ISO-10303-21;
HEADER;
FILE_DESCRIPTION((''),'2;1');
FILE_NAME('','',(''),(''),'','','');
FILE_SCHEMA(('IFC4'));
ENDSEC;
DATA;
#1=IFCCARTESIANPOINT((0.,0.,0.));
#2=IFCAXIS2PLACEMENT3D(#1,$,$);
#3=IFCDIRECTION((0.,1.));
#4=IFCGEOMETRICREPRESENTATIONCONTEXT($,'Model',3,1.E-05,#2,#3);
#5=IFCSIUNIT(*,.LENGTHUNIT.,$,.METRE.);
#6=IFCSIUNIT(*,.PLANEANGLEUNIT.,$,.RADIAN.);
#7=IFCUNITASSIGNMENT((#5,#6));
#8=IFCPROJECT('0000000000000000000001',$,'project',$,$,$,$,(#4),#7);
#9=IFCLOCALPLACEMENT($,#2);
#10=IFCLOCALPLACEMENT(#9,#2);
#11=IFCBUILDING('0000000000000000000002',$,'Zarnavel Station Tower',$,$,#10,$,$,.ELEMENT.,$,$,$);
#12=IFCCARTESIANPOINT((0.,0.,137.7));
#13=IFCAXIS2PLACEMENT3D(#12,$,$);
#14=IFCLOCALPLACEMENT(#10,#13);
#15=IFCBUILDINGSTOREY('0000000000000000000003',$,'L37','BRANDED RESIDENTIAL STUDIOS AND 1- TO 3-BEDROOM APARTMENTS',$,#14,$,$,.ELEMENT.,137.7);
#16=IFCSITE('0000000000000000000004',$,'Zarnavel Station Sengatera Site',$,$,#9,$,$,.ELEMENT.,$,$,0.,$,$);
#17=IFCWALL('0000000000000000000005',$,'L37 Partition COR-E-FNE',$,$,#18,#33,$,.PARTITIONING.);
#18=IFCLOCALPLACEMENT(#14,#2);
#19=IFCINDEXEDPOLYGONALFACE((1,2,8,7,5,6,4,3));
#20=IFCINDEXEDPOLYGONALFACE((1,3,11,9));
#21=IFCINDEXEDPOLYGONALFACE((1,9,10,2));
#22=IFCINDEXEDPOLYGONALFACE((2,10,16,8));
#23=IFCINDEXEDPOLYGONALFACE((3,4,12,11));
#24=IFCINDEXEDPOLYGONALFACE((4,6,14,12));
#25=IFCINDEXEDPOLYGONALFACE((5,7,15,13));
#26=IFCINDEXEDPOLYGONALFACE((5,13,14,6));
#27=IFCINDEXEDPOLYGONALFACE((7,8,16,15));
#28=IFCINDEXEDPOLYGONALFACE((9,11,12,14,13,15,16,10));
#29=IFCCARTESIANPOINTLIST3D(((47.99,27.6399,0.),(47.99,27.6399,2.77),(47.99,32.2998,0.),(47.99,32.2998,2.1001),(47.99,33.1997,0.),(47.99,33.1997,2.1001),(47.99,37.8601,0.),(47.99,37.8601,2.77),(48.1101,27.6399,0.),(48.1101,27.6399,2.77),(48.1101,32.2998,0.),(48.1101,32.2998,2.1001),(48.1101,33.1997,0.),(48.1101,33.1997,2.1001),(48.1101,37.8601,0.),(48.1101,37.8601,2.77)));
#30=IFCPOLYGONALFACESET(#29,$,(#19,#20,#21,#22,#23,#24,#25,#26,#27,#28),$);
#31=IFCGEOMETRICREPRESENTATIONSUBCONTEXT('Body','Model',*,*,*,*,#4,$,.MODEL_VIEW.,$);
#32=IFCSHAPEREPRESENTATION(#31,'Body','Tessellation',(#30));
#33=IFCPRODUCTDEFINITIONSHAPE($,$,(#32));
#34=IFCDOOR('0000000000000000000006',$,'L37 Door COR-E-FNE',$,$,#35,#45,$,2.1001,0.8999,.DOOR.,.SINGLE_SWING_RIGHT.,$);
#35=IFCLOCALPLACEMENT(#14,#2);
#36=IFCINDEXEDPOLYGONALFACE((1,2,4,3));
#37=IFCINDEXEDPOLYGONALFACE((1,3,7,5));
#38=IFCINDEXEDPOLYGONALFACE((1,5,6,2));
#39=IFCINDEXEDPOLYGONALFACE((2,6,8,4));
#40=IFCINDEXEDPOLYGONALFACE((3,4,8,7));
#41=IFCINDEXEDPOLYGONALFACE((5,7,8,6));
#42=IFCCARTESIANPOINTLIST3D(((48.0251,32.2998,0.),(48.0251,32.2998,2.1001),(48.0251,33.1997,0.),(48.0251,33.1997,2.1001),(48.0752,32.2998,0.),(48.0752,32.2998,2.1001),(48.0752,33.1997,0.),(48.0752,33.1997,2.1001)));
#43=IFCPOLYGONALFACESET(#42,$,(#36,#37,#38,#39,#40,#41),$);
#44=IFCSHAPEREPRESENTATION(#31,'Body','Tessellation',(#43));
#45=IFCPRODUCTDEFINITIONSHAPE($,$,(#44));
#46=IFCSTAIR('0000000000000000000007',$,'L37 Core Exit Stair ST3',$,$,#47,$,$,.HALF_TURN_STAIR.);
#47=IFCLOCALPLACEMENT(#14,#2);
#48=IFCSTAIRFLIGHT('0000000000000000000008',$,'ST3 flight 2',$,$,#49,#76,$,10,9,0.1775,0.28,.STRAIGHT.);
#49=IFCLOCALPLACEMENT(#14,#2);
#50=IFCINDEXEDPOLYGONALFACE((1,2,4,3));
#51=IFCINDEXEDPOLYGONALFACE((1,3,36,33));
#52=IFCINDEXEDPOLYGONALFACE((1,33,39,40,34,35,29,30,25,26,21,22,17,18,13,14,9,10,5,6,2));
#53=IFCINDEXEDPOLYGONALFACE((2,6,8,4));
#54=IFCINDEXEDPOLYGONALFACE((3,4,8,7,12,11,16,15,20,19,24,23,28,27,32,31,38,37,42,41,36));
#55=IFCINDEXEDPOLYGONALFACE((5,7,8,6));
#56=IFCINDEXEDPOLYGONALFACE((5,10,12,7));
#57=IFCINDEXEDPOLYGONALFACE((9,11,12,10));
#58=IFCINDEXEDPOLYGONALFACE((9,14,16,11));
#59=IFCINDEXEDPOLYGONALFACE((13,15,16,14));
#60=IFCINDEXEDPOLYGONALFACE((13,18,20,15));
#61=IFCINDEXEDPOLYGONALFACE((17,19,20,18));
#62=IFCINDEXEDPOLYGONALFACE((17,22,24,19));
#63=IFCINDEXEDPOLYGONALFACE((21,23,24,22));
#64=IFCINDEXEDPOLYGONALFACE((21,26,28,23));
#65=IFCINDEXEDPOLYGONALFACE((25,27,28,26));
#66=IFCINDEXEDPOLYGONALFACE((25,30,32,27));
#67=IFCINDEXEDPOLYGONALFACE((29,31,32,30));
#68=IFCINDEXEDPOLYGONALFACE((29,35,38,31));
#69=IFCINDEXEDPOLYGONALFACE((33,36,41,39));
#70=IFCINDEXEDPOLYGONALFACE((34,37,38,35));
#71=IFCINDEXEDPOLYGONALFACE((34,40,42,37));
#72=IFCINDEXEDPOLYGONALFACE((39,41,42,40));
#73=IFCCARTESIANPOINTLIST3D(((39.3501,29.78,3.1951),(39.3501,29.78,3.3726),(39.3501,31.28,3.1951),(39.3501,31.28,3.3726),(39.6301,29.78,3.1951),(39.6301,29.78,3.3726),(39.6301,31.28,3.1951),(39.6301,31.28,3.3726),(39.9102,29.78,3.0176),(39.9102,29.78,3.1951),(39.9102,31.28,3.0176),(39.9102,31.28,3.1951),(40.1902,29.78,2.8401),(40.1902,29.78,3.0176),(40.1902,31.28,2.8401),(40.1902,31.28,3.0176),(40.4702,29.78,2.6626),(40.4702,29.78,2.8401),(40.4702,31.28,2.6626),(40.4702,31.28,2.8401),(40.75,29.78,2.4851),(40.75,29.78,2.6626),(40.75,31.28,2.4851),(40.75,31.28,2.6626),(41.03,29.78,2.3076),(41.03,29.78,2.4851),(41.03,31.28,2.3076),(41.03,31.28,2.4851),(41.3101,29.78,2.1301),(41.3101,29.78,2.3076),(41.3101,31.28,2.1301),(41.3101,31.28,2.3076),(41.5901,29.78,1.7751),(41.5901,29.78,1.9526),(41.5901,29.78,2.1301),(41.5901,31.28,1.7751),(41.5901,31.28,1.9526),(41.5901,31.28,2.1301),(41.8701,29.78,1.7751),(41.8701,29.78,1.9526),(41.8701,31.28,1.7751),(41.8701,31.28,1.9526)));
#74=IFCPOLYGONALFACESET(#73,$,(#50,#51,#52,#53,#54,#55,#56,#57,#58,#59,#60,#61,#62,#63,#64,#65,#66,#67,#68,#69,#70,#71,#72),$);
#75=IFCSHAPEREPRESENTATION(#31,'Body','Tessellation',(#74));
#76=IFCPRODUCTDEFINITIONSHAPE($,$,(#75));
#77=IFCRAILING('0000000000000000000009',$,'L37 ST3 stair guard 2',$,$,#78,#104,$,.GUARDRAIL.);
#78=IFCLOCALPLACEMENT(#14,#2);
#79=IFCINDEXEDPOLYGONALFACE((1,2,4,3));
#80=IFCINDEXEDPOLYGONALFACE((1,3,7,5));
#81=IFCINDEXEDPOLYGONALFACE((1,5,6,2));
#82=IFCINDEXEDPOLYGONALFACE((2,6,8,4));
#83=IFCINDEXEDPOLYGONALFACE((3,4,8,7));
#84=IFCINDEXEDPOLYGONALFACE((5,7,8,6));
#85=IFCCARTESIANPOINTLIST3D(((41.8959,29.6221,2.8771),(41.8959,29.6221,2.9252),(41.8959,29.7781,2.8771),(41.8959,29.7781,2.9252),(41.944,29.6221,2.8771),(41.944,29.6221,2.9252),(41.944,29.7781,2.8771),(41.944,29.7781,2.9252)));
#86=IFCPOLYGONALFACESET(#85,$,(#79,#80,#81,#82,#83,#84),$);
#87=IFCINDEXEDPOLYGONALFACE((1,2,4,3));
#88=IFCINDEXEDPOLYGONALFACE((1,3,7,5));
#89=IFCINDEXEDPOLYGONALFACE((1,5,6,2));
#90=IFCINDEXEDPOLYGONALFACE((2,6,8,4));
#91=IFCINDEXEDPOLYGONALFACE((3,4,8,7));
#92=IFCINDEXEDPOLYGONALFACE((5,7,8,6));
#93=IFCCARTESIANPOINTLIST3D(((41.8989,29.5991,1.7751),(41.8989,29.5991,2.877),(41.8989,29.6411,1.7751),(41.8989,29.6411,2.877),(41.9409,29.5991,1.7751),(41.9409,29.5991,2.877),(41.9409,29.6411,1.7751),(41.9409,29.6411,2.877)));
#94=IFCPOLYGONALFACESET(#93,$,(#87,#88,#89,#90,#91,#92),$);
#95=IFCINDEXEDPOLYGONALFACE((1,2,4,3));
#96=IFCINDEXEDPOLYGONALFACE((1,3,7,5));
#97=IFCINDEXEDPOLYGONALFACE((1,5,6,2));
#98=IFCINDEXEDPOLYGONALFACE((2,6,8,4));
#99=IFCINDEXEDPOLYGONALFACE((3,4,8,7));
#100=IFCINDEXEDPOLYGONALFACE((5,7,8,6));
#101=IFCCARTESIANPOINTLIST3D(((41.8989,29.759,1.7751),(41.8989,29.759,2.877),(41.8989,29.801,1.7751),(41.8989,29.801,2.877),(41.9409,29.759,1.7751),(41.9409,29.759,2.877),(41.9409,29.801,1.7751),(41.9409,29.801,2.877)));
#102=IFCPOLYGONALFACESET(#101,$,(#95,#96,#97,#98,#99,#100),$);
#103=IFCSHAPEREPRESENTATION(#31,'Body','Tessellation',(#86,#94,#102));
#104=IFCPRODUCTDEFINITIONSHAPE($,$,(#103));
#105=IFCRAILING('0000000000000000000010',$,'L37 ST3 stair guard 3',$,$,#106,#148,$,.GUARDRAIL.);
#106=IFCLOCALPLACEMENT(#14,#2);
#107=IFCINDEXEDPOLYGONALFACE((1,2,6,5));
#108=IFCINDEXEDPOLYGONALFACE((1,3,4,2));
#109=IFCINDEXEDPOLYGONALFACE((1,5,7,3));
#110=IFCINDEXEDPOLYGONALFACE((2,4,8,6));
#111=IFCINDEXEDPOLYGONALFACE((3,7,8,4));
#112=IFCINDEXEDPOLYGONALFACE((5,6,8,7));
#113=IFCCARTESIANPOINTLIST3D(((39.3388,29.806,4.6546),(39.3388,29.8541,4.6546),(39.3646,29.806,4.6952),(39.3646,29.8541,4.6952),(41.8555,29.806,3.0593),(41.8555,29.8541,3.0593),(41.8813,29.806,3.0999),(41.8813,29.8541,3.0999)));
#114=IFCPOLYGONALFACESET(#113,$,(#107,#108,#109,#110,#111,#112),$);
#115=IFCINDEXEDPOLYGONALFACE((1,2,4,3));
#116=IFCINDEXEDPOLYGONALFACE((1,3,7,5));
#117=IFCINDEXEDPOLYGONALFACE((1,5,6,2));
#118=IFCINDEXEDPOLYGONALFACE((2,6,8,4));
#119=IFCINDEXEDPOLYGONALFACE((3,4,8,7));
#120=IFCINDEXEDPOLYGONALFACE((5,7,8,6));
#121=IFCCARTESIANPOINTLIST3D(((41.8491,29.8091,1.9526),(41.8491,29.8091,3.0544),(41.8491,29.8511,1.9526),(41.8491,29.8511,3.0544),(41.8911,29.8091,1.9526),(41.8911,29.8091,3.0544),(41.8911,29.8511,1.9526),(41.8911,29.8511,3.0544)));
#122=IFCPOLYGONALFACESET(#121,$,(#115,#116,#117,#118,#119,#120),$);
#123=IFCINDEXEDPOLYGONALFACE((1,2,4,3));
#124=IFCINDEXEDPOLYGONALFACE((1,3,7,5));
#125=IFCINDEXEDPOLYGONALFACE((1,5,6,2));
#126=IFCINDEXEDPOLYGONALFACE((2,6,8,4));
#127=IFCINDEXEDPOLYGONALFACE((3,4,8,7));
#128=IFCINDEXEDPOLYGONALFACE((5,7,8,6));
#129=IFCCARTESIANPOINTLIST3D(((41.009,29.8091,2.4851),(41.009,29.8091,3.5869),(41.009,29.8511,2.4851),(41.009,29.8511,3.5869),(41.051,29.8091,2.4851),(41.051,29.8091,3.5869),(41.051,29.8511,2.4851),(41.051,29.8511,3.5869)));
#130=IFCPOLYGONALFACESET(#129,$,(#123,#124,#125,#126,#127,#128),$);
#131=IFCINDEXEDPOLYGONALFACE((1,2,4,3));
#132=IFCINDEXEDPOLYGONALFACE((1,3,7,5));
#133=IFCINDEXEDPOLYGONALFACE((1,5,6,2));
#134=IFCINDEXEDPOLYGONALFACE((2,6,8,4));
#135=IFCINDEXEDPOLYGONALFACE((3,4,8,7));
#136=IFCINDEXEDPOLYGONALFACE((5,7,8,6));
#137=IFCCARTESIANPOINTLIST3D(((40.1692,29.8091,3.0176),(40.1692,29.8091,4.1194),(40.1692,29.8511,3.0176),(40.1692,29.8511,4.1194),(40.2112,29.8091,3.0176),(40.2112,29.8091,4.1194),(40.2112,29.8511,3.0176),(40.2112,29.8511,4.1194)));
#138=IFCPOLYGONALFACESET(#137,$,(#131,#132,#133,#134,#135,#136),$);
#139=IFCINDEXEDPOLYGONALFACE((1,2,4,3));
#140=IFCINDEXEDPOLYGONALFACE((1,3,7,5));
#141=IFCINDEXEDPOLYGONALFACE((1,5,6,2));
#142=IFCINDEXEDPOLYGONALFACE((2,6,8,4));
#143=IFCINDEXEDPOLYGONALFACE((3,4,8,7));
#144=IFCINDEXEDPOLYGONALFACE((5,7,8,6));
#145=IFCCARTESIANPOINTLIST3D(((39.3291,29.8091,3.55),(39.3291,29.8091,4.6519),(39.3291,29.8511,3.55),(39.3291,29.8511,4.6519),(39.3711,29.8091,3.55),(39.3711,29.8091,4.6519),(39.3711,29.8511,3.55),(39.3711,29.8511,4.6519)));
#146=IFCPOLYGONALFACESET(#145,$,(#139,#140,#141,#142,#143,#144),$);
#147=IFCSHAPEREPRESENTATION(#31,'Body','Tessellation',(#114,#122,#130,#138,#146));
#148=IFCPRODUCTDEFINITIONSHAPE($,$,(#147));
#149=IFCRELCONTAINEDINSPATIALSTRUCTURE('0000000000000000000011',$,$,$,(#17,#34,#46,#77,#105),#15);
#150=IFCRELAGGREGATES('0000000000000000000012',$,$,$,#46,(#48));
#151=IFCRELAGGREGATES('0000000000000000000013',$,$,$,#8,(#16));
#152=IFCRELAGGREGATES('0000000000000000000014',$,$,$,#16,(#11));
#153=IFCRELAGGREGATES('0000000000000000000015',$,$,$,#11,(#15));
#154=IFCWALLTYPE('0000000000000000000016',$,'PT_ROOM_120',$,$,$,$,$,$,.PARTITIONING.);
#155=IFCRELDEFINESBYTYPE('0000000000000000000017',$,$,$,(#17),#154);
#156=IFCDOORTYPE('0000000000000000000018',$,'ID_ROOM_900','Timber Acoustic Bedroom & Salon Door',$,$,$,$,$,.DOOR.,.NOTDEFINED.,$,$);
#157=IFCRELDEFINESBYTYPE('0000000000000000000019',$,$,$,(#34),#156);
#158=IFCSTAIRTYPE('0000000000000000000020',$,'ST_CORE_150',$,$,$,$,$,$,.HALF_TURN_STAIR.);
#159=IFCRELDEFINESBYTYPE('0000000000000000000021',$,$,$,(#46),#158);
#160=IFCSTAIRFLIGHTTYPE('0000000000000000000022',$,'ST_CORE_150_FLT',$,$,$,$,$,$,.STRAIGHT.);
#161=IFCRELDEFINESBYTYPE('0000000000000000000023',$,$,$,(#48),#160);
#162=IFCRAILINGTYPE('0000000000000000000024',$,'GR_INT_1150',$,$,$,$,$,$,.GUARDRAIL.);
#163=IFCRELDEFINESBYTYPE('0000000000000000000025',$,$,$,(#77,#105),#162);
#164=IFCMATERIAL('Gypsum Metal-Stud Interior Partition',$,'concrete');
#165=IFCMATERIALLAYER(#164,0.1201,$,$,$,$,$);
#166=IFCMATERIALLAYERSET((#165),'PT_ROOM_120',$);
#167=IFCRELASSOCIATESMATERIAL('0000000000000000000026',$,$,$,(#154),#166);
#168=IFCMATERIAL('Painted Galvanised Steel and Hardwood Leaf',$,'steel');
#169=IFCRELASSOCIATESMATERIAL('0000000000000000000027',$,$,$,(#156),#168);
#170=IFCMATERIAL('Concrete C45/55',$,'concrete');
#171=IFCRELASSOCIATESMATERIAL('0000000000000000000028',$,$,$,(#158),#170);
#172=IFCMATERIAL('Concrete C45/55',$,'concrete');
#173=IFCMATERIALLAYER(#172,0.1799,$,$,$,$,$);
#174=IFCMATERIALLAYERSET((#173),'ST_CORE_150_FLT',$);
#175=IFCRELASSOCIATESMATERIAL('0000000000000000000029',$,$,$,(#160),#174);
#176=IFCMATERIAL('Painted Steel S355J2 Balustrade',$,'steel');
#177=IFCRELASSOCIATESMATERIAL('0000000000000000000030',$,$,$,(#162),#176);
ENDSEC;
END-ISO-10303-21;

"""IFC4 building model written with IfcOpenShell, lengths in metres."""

from ifc_helpers import new_model, si_unit, direction, frame, frame_2d, origin, origin_2d, place, context, subcontext, project, spatial, polyline, rectangle, outline, extrude, material, layer, layer_set, type_object, element, fill, aggregate, save


model = new_model("IFC4")

# Units and contexts
model_context = context("Model", 3, precision=1e-05, world=origin(), true_north=direction((0.0, 1.0)))
body_context = subcontext(model_context, "Body", "Model", "MODEL_VIEW")
ifc_project = project(units=[si_unit("LENGTHUNIT", "METRE"), si_unit("PLANEANGLEUNIT", "RADIAN")], contexts=[model_context])

# Site, building, storey
site_placement = place(None, origin())
site = spatial("IfcSite", under=ifc_project, at=site_placement, Name="Zarnavel Station Sengatera Site", CompositionType="ELEMENT", RefElevation=0.0)
building_placement = place(site_placement, origin())
building = spatial("IfcBuilding", under=site, at=building_placement, Name="Zarnavel Station Tower", CompositionType="ELEMENT")
storey_placement = place(building_placement, frame((0.0, 0.0, 137.7)))
storey = spatial("IfcBuildingStorey", under=building, at=storey_placement, Name="L37", Description="BRANDED RESIDENTIAL STUDIOS AND 1- TO 3-BEDROOM APARTMENTS", CompositionType="ELEMENT", Elevation=137.7)

# Wall, opening, door
ifc_material_1 = material(Name="Gypsum Metal-Stud Interior Partition", Category="concrete")
ifc_layer_1 = layer(ifc_material_1, 0.1201)
ifc_layer_set_1 = layer_set([ifc_layer_1], Name="PT_ROOM_120")
wall_type_1 = type_object("IfcWallType", Name="PT_ROOM_120", PredefinedType="PARTITIONING", material=ifc_layer_set_1)
ifc_material_2 = material(Name="Painted Galvanised Steel and Hardwood Leaf", Category="steel")
door_type_1 = type_object("IfcDoorType", Name="ID_ROOM_900", Description="Timber Acoustic Bedroom & Salon Door", OperationType="NOTDEFINED", PredefinedType="DOOR", material=ifc_material_2)
wall_1_placement = place(storey_placement, frame((48.05, 27.6399, 0.0), z_axis=(0.0, 0.0, 1.0), x_axis=(0.0, 1.0, 0.0)))
wall_1 = element("IfcWall", 1, at=wall_1_placement, inside=storey, type_object=wall_type_1, Name="L37 Partition COR-E-FNE", PredefinedType="PARTITIONING", context=body_context, shape_type="SweptSolid", body=[
    extrude(rectangle(XDim=10.2202, YDim=0.1201, at=frame_2d((5.1101, 0.0))), origin(), (0.0, 0.0, 1.0), 2.77),
])
opening_1_placement = place(wall_1_placement, frame((4.6599, 0.0, 0.0)))
opening_1 = element("IfcOpeningElement", 2, at=opening_1_placement, cuts=wall_1, PredefinedType="OPENING", context=body_context, shape_type="SweptSolid", body=[
    extrude(rectangle(XDim=0.8999, YDim=2.1001, at=frame_2d((0.45, 1.05))), frame((0.0, 0.0701, 0.0), z_axis=(0.0, -1.0, 0.0), x_axis=(1.0, 0.0, 0.0)), (0.0, 0.0, 1.0), 0.1401),
])
door_1_placement = place(opening_1_placement, origin())
door_1 = element("IfcDoor", 3, at=door_1_placement, inside=storey, type_object=door_type_1, Name="L37 Door COR-E-FNE", OperationType="SINGLE_SWING_RIGHT", OverallHeight=2.1001, OverallWidth=0.8999, PredefinedType="DOOR", context=body_context, shape_type="SweptSolid", body=[
    extrude(rectangle(XDim=0.8999, YDim=2.1001, at=frame_2d((0.45, 1.05))), frame((0.0, 0.0249, 0.0), z_axis=(0.0, -1.0, 0.0), x_axis=(1.0, 0.0, 0.0)), (0.0, 0.0, 1.0), 0.05),
])
fill(opening_1, door_1)

# Stair, stair flight
ifc_material_3 = material(Name="Concrete C45/55", Category="concrete")
stair_type = type_object("IfcStairType", Name="ST_CORE_150", PredefinedType="HALF_TURN_STAIR", material=ifc_material_3)
stair_placement = place(storey_placement, origin())
stair = element("IfcStair", 4, at=stair_placement, inside=storey, type_object=stair_type, Name="L37 Core Exit Stair ST3", PredefinedType="HALF_TURN_STAIR")
ifc_material_4 = material(Name="Concrete C45/55", Category="concrete")
ifc_layer_2 = layer(ifc_material_4, 0.1799)
ifc_layer_set_2 = layer_set([ifc_layer_2], Name="ST_CORE_150_FLT")
stair_flight_type = type_object("IfcStairFlightType", Name="ST_CORE_150_FLT", PredefinedType="STRAIGHT", material=ifc_layer_set_2)
stair_flight_placement = place(storey_placement, frame((41.8701, 30.53, 1.7751), z_axis=(0.0, 0.0, 1.0), x_axis=(-1.0, 0.0, 0.0)))
stair_flight = element("IfcStairFlight", 5, at=stair_flight_placement, type_object=stair_flight_type, Name="ST3 flight 2", NumberOfRisers=10, NumberOfTreads=9, PredefinedType="STRAIGHT", RiserHeight=0.1775, TreadLength=0.28, context=body_context, shape_type="SweptSolid", body=[
    extrude(outline(polyline([(0.0, 0.0), (0.0, 0.1775), (0.28, 0.1775), (0.28, 0.355), (0.5601, 0.355), (0.5601, 0.5325), (0.8401, 0.5325), (0.8401, 0.71), (1.1201, 0.71), (1.1201, 0.8875), (1.3999, 0.8875), (1.3999, 1.0649), (1.6799, 1.0649), (1.6799, 1.2424), (1.96, 1.2424), (1.96, 1.4199), (2.24, 1.4199), (2.24, 1.5974), (2.52, 1.5974), (2.52, 1.7749), (2.52, 1.4199), (0.28, 0.0), (0.0, 0.0)])), frame((0.0, 0.75, 0.0), z_axis=(0.0, -1.0, 0.0), x_axis=(1.0, 0.0, 0.0)), (0.0, 0.0, 1.0), 1.5),
])
aggregate(stair, [stair_flight])

# Railings
ifc_material_5 = material(Name="Painted Steel S355J2 Balustrade", Category="steel")
railing_type = type_object("IfcRailingType", Name="GR_INT_1150", PredefinedType="GUARDRAIL", material=ifc_material_5)
railing_1_placement = place(storey_placement, frame((41.9199, 29.6201, 1.7751)))
element("IfcRailing", 6, at=railing_1_placement, inside=storey, type_object=railing_type, Name="L37 ST3 stair guard 2", PredefinedType="GUARDRAIL", context=body_context, shape_type="SweptSolid", body=[
    extrude(rectangle(XDim=0.0481, YDim=0.0481, at=origin_2d()), frame((0.0, 0.002, 1.126), z_axis=(0.0, 1.0, 0.0), x_axis=(-1.0, 0.0, 0.0)), (0.0, 0.0, 1.0), 0.156),
    extrude(rectangle(XDim=0.042, YDim=0.042, at=origin_2d()), origin(), (0.0, 0.0, 1.0), 1.1018),
    extrude(rectangle(XDim=0.042, YDim=0.042, at=origin_2d()), frame((0.0, 0.1599, 0.0)), (0.0, 0.0, 1.0), 1.1018),
])
railing_2_placement = place(storey_placement, frame((41.8701, 29.8301, 1.9526)))
element("IfcRailing", 7, at=railing_2_placement, inside=storey, type_object=railing_type, Name="L37 ST3 stair guard 3", PredefinedType="GUARDRAIL", context=body_context, shape_type="SweptSolid", body=[
    extrude(rectangle(XDim=0.0481, YDim=0.0481, at=origin_2d()), frame((-0.0017, 0.0, 1.127), z_axis=(-0.844607, 0.0, 0.535387), x_axis=(0.0, -1.0, 0.0)), (0.0, 0.0, 1.0), 2.9797),
    extrude(rectangle(XDim=0.042, YDim=0.042, at=origin_2d()), origin(), (0.0, 0.0, 1.0), 1.1018),
    extrude(rectangle(XDim=0.042, YDim=0.042, at=origin_2d()), frame((-0.8401, 0.0, 0.5325)), (0.0, 0.0, 1.0), 1.1018),
    extrude(rectangle(XDim=0.042, YDim=0.042, at=origin_2d()), frame((-1.6799, 0.0, 1.0649)), (0.0, 0.0, 1.0), 1.1018),
    extrude(rectangle(XDim=0.042, YDim=0.042, at=origin_2d()), frame((-2.52, 0.0, 1.5974)), (0.0, 0.0, 1.0), 1.1018),
])

save(model, "model.ifc")
